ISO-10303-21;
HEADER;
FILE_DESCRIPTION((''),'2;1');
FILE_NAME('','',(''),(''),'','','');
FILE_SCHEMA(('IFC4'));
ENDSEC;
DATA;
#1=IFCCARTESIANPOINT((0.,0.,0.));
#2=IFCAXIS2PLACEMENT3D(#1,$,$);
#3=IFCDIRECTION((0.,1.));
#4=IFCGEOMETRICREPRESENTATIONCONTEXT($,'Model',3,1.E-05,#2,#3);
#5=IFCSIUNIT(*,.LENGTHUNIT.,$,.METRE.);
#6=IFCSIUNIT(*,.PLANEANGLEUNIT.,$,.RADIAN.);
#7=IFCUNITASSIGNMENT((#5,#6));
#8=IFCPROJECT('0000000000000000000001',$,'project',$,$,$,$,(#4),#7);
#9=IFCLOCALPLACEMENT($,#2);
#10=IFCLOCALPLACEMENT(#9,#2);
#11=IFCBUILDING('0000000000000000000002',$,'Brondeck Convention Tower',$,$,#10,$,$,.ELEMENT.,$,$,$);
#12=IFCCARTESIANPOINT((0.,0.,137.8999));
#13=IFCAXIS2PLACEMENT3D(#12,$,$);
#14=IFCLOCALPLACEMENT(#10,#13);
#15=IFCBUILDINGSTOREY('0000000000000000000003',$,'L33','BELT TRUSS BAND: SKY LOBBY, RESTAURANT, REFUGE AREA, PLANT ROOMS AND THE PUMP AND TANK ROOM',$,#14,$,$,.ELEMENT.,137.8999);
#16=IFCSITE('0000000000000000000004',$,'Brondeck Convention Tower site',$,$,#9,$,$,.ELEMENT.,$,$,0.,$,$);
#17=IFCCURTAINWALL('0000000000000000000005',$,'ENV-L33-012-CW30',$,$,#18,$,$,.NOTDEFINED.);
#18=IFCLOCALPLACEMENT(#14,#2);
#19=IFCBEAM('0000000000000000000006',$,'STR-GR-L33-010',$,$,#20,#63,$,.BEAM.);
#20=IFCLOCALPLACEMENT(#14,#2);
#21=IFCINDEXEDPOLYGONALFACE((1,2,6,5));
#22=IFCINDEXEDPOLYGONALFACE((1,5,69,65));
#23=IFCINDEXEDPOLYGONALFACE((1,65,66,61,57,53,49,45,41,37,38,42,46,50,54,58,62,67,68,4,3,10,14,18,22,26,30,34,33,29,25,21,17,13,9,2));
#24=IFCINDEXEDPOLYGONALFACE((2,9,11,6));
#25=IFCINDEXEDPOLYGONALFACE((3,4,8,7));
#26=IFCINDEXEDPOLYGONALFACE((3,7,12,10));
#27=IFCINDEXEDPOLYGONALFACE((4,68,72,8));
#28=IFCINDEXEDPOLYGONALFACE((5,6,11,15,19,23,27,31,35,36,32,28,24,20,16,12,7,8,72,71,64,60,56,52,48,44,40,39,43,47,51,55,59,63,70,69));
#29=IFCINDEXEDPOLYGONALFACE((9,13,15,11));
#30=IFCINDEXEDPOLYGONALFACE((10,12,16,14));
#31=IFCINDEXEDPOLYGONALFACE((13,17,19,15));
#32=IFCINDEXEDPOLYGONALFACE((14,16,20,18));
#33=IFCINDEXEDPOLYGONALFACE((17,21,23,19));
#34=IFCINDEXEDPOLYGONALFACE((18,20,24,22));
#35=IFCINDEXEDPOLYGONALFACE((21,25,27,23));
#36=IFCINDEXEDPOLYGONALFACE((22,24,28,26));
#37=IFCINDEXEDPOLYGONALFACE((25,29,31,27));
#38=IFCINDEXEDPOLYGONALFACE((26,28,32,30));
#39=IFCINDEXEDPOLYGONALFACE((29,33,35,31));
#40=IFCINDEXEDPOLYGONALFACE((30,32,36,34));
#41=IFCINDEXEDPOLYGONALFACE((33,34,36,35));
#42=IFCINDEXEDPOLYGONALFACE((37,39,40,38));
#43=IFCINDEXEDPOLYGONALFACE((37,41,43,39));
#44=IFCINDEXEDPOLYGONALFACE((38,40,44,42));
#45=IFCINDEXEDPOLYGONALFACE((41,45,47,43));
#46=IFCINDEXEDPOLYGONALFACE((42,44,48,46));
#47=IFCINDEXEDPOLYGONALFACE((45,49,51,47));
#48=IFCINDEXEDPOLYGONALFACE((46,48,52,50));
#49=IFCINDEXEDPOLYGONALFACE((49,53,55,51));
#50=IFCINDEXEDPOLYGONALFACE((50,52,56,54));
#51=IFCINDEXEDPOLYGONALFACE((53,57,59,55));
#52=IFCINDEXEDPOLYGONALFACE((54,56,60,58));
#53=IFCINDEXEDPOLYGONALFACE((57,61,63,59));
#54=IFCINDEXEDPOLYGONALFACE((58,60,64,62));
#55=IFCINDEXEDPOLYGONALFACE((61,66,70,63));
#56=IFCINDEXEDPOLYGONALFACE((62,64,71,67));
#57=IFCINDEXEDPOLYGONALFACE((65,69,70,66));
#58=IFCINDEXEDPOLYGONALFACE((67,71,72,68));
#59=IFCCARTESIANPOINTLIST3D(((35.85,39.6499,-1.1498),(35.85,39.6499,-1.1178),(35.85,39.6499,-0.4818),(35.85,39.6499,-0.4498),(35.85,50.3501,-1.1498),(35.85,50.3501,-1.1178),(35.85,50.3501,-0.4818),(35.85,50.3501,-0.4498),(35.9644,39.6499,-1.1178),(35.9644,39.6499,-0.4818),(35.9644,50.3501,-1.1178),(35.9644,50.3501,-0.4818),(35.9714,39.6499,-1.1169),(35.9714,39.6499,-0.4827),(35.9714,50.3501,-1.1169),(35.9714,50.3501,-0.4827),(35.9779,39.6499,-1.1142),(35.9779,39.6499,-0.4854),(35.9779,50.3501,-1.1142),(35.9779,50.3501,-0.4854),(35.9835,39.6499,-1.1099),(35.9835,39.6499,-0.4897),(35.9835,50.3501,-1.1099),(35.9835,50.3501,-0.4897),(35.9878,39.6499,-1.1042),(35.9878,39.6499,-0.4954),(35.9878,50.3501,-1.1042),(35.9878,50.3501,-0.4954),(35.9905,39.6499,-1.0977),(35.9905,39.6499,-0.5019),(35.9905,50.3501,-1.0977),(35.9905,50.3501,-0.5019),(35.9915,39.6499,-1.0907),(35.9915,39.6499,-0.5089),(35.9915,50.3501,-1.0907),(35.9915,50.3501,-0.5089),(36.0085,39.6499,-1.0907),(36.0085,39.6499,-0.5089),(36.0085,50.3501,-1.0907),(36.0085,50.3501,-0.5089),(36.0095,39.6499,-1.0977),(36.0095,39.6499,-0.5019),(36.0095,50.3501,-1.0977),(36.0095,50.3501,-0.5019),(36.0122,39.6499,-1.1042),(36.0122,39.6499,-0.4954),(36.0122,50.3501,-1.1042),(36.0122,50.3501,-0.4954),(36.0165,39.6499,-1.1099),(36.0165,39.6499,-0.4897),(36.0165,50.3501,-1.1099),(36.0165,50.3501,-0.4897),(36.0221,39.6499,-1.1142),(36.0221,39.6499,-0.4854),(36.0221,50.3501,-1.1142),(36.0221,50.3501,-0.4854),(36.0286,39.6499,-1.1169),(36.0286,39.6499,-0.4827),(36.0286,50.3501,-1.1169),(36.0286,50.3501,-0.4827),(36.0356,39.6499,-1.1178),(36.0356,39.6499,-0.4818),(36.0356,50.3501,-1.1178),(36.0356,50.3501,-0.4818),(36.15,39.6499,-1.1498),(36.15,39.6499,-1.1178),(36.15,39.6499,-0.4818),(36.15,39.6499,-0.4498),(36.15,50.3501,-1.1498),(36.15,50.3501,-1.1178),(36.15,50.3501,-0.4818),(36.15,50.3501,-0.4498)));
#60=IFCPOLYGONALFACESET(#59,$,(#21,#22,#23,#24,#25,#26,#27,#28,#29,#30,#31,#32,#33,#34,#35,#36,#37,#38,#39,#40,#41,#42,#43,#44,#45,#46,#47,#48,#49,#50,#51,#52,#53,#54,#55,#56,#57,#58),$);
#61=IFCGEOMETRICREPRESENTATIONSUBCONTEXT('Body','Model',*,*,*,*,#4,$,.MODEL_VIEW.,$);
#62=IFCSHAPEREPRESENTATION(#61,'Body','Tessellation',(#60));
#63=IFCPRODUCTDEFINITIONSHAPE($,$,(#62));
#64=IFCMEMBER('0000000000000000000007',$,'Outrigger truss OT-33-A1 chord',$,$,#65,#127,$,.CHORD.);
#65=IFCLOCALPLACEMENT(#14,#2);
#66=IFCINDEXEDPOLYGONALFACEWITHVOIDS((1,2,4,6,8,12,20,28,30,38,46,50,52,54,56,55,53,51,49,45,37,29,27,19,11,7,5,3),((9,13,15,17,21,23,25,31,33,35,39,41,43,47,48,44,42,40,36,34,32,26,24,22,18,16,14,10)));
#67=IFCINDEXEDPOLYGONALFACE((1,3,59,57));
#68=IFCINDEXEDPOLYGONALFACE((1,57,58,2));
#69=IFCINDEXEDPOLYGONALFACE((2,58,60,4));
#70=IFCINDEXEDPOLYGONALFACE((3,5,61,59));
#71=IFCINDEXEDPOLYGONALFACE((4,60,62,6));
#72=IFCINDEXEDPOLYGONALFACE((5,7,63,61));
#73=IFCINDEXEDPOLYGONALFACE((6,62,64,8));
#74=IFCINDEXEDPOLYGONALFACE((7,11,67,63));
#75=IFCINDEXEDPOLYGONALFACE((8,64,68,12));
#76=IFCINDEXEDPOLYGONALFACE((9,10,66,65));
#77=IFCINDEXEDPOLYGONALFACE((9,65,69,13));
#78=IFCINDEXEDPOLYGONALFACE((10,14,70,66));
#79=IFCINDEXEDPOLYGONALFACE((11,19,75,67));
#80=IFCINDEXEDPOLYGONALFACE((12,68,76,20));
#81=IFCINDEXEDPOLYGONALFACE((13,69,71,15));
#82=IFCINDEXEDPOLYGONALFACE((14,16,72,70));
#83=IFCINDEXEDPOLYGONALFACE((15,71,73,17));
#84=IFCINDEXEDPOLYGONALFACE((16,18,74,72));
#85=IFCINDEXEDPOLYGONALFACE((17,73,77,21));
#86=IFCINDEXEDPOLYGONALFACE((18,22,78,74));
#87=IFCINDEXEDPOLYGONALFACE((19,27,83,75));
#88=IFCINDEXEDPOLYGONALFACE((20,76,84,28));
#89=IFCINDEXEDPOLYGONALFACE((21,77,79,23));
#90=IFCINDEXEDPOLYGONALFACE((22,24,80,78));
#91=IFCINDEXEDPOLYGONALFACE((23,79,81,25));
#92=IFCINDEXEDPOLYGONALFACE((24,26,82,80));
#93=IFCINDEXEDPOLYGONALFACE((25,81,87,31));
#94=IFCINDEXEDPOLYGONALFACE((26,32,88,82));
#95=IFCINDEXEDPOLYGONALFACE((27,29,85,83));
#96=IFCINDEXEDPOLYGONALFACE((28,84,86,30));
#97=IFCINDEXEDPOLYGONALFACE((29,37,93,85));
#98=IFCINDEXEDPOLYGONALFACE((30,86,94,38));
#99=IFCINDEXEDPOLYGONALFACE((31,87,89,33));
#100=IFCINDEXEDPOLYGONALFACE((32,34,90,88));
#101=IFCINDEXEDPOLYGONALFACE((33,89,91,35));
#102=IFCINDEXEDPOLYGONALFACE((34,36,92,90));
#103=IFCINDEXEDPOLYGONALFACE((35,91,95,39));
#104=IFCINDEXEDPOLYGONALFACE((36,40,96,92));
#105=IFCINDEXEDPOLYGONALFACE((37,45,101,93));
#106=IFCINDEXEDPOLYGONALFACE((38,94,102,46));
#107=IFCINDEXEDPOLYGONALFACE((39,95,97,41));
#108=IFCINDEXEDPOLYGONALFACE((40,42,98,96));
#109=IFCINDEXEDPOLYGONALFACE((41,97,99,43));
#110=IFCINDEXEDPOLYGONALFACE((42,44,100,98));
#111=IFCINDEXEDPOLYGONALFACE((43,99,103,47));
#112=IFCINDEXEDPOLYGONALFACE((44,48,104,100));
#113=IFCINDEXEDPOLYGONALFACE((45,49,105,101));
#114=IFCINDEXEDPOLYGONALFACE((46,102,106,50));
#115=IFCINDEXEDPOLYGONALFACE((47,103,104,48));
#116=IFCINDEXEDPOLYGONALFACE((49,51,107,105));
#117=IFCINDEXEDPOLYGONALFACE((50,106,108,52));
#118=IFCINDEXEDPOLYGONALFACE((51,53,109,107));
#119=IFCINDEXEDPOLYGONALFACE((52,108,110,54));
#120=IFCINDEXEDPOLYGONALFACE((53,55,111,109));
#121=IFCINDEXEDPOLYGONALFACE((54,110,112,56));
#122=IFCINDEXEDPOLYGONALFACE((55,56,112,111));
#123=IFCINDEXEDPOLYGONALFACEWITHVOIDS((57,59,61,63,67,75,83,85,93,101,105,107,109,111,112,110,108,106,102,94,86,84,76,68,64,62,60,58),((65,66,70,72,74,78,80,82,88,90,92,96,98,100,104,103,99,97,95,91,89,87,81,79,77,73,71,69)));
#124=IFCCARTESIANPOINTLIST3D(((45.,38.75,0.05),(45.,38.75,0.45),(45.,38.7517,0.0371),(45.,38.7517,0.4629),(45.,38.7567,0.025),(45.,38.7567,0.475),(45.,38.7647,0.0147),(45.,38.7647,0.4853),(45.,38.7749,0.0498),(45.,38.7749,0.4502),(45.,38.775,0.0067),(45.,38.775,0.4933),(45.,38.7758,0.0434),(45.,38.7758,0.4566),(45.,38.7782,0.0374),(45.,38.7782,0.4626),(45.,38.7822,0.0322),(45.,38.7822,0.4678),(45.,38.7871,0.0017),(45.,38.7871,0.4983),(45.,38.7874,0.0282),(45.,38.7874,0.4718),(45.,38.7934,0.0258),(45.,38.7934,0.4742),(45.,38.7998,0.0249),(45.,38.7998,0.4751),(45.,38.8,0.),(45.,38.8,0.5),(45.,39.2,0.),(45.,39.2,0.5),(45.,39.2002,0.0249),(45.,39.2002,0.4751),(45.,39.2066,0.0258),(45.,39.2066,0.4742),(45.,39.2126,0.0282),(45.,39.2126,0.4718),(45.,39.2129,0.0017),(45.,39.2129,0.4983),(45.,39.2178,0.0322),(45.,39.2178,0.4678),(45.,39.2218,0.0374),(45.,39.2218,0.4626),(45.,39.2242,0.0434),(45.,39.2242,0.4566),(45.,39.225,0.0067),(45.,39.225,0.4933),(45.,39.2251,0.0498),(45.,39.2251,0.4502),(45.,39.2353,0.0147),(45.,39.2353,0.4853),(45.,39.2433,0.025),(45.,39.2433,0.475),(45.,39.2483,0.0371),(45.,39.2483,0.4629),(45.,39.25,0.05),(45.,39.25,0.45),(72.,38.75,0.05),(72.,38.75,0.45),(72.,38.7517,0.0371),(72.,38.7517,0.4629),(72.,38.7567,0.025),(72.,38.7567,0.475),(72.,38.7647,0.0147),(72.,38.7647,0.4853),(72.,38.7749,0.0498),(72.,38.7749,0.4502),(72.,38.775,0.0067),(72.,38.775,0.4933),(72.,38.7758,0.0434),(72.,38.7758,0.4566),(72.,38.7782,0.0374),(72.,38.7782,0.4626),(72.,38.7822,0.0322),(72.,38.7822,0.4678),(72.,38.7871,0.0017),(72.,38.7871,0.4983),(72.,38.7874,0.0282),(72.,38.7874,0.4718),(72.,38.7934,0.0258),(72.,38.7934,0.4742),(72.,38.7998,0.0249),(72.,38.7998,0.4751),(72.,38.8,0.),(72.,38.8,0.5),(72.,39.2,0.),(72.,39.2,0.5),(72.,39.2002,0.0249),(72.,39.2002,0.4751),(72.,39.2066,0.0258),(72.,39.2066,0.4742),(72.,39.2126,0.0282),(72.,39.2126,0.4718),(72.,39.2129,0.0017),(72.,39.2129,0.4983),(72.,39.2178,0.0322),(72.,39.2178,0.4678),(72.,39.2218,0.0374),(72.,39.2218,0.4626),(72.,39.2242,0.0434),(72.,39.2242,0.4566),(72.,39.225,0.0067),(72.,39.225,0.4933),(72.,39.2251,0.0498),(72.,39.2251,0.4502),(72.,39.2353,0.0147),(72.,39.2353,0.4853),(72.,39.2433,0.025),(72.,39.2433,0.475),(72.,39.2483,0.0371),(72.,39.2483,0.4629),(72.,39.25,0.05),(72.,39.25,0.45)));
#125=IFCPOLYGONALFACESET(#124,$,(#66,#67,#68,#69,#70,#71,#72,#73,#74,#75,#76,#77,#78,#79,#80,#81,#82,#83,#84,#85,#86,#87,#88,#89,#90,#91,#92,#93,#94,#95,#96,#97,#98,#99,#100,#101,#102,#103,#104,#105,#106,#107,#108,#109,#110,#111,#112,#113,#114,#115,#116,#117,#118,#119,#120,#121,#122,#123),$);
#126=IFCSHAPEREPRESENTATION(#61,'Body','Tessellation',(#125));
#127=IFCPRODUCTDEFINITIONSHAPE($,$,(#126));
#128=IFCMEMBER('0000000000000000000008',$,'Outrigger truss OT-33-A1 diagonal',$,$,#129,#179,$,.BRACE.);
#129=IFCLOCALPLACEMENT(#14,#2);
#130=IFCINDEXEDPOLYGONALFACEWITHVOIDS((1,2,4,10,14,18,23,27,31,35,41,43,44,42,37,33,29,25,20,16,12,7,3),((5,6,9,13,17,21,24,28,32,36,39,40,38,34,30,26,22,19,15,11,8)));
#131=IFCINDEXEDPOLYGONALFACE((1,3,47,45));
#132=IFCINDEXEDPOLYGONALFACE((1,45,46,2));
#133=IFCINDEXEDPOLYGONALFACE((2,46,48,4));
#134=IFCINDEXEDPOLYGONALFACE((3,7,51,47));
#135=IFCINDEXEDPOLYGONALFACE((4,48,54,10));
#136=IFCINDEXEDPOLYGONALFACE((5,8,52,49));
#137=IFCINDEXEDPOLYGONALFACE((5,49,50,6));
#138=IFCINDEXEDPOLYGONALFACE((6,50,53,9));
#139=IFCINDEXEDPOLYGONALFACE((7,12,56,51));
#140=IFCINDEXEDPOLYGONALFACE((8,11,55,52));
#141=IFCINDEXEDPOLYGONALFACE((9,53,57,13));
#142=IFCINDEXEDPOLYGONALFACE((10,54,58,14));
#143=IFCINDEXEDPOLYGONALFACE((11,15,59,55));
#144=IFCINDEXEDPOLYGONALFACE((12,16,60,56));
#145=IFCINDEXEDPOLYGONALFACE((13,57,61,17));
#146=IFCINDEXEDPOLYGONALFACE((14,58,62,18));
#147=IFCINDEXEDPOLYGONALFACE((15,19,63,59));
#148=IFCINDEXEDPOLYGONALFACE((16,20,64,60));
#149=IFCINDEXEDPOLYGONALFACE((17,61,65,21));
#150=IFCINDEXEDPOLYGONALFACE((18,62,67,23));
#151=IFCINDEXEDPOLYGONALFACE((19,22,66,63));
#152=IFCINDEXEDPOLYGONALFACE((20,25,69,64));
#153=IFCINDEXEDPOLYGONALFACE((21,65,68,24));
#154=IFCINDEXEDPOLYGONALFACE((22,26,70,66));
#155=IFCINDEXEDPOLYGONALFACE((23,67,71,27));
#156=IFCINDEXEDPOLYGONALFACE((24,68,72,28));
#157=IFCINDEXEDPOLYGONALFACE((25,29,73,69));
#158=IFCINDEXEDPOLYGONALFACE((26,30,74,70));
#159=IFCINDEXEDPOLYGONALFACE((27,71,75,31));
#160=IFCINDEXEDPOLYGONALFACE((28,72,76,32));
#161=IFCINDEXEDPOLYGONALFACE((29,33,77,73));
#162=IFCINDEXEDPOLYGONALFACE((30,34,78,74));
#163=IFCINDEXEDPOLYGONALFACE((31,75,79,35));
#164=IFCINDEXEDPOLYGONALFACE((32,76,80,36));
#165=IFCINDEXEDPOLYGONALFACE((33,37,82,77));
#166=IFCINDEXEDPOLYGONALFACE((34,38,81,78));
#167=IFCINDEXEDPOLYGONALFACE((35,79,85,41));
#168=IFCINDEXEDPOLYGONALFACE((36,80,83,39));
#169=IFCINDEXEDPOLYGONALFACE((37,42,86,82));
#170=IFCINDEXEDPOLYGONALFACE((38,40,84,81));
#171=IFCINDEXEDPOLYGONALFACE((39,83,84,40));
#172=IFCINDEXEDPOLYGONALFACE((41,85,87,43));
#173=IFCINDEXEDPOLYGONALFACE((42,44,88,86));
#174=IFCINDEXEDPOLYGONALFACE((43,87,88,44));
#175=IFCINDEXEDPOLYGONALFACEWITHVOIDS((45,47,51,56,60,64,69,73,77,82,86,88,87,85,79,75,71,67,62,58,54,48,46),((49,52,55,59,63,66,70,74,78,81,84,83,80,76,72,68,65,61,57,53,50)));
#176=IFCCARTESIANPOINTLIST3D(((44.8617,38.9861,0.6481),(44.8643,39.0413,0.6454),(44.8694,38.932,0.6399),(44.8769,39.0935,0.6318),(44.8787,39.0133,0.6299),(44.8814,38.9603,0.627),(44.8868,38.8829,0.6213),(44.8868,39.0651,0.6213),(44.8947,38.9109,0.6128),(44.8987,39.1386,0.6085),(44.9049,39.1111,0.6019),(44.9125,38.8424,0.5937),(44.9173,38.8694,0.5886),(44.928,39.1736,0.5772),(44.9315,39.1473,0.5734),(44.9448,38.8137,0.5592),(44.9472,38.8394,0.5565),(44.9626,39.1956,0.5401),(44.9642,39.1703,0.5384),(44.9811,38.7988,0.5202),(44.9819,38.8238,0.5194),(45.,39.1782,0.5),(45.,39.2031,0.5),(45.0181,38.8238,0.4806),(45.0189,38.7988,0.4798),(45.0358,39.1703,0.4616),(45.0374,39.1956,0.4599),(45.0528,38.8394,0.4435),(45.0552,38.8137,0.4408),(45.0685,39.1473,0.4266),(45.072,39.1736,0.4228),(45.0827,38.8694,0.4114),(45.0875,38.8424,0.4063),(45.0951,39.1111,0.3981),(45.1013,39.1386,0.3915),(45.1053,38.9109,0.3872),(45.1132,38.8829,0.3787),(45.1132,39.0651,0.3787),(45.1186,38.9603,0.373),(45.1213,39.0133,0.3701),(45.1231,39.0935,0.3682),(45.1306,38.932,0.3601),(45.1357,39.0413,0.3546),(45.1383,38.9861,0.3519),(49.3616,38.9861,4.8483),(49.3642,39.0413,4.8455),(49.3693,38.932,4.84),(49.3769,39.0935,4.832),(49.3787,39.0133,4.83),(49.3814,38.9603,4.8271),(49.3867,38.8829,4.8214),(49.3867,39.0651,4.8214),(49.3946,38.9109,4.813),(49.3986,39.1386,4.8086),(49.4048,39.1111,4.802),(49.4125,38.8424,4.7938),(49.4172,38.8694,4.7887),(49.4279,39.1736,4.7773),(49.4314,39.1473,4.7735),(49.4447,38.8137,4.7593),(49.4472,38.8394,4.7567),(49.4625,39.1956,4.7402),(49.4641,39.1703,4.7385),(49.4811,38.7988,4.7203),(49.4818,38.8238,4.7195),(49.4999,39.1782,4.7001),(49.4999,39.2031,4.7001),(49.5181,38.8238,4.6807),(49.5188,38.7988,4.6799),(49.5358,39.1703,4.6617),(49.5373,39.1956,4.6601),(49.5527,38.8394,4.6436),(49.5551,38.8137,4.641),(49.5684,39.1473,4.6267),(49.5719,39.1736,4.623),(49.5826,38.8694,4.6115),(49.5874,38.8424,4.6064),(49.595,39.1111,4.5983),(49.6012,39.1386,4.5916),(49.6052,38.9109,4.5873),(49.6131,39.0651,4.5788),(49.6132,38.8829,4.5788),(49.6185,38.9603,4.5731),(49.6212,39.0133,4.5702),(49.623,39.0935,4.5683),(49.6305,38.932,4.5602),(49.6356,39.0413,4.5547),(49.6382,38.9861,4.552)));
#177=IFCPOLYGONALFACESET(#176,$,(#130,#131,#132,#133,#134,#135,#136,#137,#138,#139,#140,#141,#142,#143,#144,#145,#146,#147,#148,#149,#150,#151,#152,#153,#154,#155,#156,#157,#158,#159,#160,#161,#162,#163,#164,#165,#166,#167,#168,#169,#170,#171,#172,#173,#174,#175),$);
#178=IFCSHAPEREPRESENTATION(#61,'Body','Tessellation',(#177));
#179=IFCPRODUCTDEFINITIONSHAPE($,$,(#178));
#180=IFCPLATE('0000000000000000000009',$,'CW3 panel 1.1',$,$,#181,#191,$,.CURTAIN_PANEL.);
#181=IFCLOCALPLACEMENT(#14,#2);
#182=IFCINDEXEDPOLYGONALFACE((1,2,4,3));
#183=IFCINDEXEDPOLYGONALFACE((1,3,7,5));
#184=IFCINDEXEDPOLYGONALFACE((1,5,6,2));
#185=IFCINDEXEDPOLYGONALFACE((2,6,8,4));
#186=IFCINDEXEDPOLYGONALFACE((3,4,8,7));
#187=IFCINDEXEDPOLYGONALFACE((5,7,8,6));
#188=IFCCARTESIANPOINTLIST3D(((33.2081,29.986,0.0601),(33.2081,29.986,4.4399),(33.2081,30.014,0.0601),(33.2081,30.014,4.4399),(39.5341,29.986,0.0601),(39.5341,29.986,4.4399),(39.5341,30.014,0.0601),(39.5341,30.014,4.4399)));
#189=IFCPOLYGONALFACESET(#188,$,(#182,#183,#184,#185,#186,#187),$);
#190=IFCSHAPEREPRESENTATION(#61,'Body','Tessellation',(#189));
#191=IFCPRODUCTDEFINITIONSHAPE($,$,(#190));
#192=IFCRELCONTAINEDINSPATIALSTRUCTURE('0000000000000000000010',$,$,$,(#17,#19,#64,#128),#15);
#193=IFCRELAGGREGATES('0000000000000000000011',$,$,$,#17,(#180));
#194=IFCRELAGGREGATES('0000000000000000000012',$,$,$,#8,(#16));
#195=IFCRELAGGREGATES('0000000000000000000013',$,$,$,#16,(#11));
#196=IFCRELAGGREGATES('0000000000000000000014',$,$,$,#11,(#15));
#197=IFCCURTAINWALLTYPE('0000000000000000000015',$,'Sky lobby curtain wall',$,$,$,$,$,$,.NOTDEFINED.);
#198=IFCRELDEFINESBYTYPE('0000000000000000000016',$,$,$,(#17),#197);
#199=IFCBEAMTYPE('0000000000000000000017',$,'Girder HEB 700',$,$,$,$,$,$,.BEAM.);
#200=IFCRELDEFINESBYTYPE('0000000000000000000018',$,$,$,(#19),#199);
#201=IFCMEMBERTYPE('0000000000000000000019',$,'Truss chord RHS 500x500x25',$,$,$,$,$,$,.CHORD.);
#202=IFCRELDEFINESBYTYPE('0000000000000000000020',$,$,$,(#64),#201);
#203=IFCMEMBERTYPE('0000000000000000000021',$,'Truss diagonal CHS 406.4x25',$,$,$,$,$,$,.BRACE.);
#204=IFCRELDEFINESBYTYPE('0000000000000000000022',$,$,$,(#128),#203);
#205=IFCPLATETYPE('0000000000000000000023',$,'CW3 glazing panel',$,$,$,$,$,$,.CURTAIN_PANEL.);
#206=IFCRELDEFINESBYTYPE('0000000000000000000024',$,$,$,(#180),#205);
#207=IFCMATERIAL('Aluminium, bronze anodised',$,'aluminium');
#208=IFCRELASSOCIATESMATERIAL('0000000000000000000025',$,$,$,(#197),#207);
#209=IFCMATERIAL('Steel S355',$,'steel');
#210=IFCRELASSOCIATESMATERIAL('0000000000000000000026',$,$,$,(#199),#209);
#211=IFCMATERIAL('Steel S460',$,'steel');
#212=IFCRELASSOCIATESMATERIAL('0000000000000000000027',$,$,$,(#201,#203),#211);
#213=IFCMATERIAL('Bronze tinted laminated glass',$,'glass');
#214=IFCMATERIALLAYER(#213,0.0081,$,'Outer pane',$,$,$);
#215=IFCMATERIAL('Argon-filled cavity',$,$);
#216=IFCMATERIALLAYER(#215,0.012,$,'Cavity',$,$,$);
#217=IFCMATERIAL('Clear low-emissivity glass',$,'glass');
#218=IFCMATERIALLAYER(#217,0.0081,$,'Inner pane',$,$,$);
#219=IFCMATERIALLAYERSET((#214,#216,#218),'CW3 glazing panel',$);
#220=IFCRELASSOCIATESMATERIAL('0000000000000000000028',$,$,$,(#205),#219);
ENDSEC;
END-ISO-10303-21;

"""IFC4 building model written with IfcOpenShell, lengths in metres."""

from ifc_helpers import new_model, si_unit, direction, frame, origin, origin_2d, place, context, subcontext, project, spatial, rectangle, hollow_rectangle, hollow_circle, i_section, extrude, material, layer, layer_set, material_profile, profile_set, type_object, element, aggregate, save


model = new_model("IFC4")

# Units and contexts
model_context = context("Model", 3, precision=1e-05, world=origin(), true_north=direction((0.0, 1.0)))
body_context = subcontext(model_context, "Body", "Model", "MODEL_VIEW")
ifc_project = project(units=[si_unit("LENGTHUNIT", "METRE"), si_unit("PLANEANGLEUNIT", "RADIAN")], contexts=[model_context])

# Site, building, storey
site_placement = place(None, origin())
site = spatial("IfcSite", under=ifc_project, at=site_placement, Name="Brondeck Convention Tower site", CompositionType="ELEMENT", RefElevation=0.0)
building_placement = place(site_placement, origin())
building = spatial("IfcBuilding", under=site, at=building_placement, Name="Brondeck Convention Tower", CompositionType="ELEMENT")
storey_placement = place(building_placement, frame((0.0, 0.0, 137.8999)))
storey = spatial("IfcBuildingStorey", under=building, at=storey_placement, Name="L33", Description="BELT TRUSS BAND: SKY LOBBY, RESTAURANT, REFUGE AREA, PLANT ROOMS AND THE PUMP AND TANK ROOM", CompositionType="ELEMENT", Elevation=137.8999)

# Shared definitions
ifc_material_1 = material(Name="Aluminium, bronze anodised", Category="aluminium")
curtain_wall_type = type_object("IfcCurtainWallType", Name="Sky lobby curtain wall", PredefinedType="NOTDEFINED", material=ifc_material_1)

# Curtain wall
curtain_wall_1_placement = place(storey_placement, origin())
curtain_wall_1 = element("IfcCurtainWall", 1, at=curtain_wall_1_placement, inside=storey, type_object=curtain_wall_type, Name="ENV-L33-012-CW30", PredefinedType="NOTDEFINED")

# Beam
ifc_material_2 = material(Name="Steel S355", Category="steel")
ifc_material_profile_1 = material_profile(ifc_material_2, i_section(OverallWidth=0.3, OverallDepth=0.7, WebThickness=0.0171, FlangeThickness=0.032, FilletRadius=0.0271, at=origin_2d()), Name="HEB 700")
ifc_profile_set_1 = profile_set([ifc_material_profile_1], Name="Steel S355")
beam_type_1 = type_object("IfcBeamType", Name="Girder HEB 700", PredefinedType="BEAM", material=ifc_profile_set_1)
beam_1_placement = place(storey_placement, frame((36.0, 39.6499, -0.7998), z_axis=(0.0, 1.0, 0.0), x_axis=(-1.0, 0.0, 0.0)))
element("IfcBeam", 2, at=beam_1_placement, inside=storey, type_object=beam_type_1, Name="STR-GR-L33-010", PredefinedType="BEAM", context=body_context, shape_type="SweptSolid", body=[
    extrude(i_section(OverallWidth=0.3, OverallDepth=0.7, WebThickness=0.0171, FlangeThickness=0.032, FilletRadius=0.0271, at=origin_2d()), origin(), (0.0, 0.0, 1.0), 10.7002),
])

# Members
ifc_material_3 = material(Name="Steel S460", Category="steel")
ifc_material_profile_2 = material_profile(ifc_material_3, hollow_rectangle(XDim=0.5, YDim=0.5, WallThickness=0.0249, InnerFilletRadius=0.0249, OuterFilletRadius=0.05, at=origin_2d()), Name="RHS 500x500x25")
ifc_profile_set_2 = profile_set([ifc_material_profile_2], Name="Steel S460")
member_type_1 = type_object("IfcMemberType", Name="Truss chord RHS 500x500x25", PredefinedType="CHORD", material=ifc_profile_set_2)
member_1_placement = place(storey_placement, frame((45.0, 39.0, 0.25), z_axis=(1.0, 0.0, 0.0), x_axis=(0.0, 1.0, 0.0)))
element("IfcMember", 3, at=member_1_placement, inside=storey, type_object=member_type_1, Name="Outrigger truss OT-33-A1 chord", PredefinedType="CHORD", context=body_context, shape_type="SweptSolid", body=[
    extrude(hollow_rectangle(XDim=0.5, YDim=0.5, WallThickness=0.0249, InnerFilletRadius=0.0249, OuterFilletRadius=0.05, at=origin_2d()), origin(), (0.0, 0.0, 1.0), 27.0),
])
ifc_material_profile_3 = material_profile(ifc_material_3, hollow_circle(Radius=0.2031, WallThickness=0.0249, at=origin_2d()), Name="CHS 406.4x25")
ifc_profile_set_3 = profile_set([ifc_material_profile_3], Name="Steel S460")
member_type_2 = type_object("IfcMemberType", Name="Truss diagonal CHS 406.4x25", PredefinedType="BRACE", material=ifc_profile_set_3)
member_2_placement = place(storey_placement, frame((45.0, 39.0, 0.5), z_axis=(0.731039, 0.0, 0.682335), x_axis=(0.0, 1.0, 0.0)))
element("IfcMember", 4, at=member_2_placement, inside=storey, type_object=member_type_2, Name="Outrigger truss OT-33-A1 diagonal", PredefinedType="BRACE", context=body_context, shape_type="SweptSolid", body=[
    extrude(hollow_circle(Radius=0.2031, WallThickness=0.0249, at=origin_2d()), origin(), (0.0, 0.0, 1.0), 6.1555),
])

# Plate
ifc_material_4 = material(Name="Bronze tinted laminated glass", Category="glass")
ifc_layer_1 = layer(ifc_material_4, 0.0081, Name="Outer pane")
ifc_material_5 = material(Name="Argon-filled cavity")
ifc_layer_2 = layer(ifc_material_5, 0.012, Name="Cavity")
ifc_material_6 = material(Name="Clear low-emissivity glass", Category="glass")
ifc_layer_3 = layer(ifc_material_6, 0.0081, Name="Inner pane")
ifc_layer_set_1 = layer_set([ifc_layer_1, ifc_layer_2, ifc_layer_3], Name="CW3 glazing panel")
plate_type = type_object("IfcPlateType", Name="CW3 glazing panel", PredefinedType="CURTAIN_PANEL", material=ifc_layer_set_1)
plate_1_placement = place(storey_placement, frame((36.3711, 30.0, 0.0601), z_axis=(0.0, 0.0, 1.0), x_axis=(-1.0, 0.0, 0.0)))
plate_1 = element("IfcPlate", 5, at=plate_1_placement, type_object=plate_type, Name="CW3 panel 1.1", PredefinedType="CURTAIN_PANEL", context=body_context, shape_type="SweptSolid", body=[
    extrude(rectangle(XDim=6.3259, YDim=0.0281, at=origin_2d()), origin(), (0.0, 0.0, 1.0), 4.3799),
])
aggregate(curtain_wall_1, [plate_1])

save(model, "model.ifc")
